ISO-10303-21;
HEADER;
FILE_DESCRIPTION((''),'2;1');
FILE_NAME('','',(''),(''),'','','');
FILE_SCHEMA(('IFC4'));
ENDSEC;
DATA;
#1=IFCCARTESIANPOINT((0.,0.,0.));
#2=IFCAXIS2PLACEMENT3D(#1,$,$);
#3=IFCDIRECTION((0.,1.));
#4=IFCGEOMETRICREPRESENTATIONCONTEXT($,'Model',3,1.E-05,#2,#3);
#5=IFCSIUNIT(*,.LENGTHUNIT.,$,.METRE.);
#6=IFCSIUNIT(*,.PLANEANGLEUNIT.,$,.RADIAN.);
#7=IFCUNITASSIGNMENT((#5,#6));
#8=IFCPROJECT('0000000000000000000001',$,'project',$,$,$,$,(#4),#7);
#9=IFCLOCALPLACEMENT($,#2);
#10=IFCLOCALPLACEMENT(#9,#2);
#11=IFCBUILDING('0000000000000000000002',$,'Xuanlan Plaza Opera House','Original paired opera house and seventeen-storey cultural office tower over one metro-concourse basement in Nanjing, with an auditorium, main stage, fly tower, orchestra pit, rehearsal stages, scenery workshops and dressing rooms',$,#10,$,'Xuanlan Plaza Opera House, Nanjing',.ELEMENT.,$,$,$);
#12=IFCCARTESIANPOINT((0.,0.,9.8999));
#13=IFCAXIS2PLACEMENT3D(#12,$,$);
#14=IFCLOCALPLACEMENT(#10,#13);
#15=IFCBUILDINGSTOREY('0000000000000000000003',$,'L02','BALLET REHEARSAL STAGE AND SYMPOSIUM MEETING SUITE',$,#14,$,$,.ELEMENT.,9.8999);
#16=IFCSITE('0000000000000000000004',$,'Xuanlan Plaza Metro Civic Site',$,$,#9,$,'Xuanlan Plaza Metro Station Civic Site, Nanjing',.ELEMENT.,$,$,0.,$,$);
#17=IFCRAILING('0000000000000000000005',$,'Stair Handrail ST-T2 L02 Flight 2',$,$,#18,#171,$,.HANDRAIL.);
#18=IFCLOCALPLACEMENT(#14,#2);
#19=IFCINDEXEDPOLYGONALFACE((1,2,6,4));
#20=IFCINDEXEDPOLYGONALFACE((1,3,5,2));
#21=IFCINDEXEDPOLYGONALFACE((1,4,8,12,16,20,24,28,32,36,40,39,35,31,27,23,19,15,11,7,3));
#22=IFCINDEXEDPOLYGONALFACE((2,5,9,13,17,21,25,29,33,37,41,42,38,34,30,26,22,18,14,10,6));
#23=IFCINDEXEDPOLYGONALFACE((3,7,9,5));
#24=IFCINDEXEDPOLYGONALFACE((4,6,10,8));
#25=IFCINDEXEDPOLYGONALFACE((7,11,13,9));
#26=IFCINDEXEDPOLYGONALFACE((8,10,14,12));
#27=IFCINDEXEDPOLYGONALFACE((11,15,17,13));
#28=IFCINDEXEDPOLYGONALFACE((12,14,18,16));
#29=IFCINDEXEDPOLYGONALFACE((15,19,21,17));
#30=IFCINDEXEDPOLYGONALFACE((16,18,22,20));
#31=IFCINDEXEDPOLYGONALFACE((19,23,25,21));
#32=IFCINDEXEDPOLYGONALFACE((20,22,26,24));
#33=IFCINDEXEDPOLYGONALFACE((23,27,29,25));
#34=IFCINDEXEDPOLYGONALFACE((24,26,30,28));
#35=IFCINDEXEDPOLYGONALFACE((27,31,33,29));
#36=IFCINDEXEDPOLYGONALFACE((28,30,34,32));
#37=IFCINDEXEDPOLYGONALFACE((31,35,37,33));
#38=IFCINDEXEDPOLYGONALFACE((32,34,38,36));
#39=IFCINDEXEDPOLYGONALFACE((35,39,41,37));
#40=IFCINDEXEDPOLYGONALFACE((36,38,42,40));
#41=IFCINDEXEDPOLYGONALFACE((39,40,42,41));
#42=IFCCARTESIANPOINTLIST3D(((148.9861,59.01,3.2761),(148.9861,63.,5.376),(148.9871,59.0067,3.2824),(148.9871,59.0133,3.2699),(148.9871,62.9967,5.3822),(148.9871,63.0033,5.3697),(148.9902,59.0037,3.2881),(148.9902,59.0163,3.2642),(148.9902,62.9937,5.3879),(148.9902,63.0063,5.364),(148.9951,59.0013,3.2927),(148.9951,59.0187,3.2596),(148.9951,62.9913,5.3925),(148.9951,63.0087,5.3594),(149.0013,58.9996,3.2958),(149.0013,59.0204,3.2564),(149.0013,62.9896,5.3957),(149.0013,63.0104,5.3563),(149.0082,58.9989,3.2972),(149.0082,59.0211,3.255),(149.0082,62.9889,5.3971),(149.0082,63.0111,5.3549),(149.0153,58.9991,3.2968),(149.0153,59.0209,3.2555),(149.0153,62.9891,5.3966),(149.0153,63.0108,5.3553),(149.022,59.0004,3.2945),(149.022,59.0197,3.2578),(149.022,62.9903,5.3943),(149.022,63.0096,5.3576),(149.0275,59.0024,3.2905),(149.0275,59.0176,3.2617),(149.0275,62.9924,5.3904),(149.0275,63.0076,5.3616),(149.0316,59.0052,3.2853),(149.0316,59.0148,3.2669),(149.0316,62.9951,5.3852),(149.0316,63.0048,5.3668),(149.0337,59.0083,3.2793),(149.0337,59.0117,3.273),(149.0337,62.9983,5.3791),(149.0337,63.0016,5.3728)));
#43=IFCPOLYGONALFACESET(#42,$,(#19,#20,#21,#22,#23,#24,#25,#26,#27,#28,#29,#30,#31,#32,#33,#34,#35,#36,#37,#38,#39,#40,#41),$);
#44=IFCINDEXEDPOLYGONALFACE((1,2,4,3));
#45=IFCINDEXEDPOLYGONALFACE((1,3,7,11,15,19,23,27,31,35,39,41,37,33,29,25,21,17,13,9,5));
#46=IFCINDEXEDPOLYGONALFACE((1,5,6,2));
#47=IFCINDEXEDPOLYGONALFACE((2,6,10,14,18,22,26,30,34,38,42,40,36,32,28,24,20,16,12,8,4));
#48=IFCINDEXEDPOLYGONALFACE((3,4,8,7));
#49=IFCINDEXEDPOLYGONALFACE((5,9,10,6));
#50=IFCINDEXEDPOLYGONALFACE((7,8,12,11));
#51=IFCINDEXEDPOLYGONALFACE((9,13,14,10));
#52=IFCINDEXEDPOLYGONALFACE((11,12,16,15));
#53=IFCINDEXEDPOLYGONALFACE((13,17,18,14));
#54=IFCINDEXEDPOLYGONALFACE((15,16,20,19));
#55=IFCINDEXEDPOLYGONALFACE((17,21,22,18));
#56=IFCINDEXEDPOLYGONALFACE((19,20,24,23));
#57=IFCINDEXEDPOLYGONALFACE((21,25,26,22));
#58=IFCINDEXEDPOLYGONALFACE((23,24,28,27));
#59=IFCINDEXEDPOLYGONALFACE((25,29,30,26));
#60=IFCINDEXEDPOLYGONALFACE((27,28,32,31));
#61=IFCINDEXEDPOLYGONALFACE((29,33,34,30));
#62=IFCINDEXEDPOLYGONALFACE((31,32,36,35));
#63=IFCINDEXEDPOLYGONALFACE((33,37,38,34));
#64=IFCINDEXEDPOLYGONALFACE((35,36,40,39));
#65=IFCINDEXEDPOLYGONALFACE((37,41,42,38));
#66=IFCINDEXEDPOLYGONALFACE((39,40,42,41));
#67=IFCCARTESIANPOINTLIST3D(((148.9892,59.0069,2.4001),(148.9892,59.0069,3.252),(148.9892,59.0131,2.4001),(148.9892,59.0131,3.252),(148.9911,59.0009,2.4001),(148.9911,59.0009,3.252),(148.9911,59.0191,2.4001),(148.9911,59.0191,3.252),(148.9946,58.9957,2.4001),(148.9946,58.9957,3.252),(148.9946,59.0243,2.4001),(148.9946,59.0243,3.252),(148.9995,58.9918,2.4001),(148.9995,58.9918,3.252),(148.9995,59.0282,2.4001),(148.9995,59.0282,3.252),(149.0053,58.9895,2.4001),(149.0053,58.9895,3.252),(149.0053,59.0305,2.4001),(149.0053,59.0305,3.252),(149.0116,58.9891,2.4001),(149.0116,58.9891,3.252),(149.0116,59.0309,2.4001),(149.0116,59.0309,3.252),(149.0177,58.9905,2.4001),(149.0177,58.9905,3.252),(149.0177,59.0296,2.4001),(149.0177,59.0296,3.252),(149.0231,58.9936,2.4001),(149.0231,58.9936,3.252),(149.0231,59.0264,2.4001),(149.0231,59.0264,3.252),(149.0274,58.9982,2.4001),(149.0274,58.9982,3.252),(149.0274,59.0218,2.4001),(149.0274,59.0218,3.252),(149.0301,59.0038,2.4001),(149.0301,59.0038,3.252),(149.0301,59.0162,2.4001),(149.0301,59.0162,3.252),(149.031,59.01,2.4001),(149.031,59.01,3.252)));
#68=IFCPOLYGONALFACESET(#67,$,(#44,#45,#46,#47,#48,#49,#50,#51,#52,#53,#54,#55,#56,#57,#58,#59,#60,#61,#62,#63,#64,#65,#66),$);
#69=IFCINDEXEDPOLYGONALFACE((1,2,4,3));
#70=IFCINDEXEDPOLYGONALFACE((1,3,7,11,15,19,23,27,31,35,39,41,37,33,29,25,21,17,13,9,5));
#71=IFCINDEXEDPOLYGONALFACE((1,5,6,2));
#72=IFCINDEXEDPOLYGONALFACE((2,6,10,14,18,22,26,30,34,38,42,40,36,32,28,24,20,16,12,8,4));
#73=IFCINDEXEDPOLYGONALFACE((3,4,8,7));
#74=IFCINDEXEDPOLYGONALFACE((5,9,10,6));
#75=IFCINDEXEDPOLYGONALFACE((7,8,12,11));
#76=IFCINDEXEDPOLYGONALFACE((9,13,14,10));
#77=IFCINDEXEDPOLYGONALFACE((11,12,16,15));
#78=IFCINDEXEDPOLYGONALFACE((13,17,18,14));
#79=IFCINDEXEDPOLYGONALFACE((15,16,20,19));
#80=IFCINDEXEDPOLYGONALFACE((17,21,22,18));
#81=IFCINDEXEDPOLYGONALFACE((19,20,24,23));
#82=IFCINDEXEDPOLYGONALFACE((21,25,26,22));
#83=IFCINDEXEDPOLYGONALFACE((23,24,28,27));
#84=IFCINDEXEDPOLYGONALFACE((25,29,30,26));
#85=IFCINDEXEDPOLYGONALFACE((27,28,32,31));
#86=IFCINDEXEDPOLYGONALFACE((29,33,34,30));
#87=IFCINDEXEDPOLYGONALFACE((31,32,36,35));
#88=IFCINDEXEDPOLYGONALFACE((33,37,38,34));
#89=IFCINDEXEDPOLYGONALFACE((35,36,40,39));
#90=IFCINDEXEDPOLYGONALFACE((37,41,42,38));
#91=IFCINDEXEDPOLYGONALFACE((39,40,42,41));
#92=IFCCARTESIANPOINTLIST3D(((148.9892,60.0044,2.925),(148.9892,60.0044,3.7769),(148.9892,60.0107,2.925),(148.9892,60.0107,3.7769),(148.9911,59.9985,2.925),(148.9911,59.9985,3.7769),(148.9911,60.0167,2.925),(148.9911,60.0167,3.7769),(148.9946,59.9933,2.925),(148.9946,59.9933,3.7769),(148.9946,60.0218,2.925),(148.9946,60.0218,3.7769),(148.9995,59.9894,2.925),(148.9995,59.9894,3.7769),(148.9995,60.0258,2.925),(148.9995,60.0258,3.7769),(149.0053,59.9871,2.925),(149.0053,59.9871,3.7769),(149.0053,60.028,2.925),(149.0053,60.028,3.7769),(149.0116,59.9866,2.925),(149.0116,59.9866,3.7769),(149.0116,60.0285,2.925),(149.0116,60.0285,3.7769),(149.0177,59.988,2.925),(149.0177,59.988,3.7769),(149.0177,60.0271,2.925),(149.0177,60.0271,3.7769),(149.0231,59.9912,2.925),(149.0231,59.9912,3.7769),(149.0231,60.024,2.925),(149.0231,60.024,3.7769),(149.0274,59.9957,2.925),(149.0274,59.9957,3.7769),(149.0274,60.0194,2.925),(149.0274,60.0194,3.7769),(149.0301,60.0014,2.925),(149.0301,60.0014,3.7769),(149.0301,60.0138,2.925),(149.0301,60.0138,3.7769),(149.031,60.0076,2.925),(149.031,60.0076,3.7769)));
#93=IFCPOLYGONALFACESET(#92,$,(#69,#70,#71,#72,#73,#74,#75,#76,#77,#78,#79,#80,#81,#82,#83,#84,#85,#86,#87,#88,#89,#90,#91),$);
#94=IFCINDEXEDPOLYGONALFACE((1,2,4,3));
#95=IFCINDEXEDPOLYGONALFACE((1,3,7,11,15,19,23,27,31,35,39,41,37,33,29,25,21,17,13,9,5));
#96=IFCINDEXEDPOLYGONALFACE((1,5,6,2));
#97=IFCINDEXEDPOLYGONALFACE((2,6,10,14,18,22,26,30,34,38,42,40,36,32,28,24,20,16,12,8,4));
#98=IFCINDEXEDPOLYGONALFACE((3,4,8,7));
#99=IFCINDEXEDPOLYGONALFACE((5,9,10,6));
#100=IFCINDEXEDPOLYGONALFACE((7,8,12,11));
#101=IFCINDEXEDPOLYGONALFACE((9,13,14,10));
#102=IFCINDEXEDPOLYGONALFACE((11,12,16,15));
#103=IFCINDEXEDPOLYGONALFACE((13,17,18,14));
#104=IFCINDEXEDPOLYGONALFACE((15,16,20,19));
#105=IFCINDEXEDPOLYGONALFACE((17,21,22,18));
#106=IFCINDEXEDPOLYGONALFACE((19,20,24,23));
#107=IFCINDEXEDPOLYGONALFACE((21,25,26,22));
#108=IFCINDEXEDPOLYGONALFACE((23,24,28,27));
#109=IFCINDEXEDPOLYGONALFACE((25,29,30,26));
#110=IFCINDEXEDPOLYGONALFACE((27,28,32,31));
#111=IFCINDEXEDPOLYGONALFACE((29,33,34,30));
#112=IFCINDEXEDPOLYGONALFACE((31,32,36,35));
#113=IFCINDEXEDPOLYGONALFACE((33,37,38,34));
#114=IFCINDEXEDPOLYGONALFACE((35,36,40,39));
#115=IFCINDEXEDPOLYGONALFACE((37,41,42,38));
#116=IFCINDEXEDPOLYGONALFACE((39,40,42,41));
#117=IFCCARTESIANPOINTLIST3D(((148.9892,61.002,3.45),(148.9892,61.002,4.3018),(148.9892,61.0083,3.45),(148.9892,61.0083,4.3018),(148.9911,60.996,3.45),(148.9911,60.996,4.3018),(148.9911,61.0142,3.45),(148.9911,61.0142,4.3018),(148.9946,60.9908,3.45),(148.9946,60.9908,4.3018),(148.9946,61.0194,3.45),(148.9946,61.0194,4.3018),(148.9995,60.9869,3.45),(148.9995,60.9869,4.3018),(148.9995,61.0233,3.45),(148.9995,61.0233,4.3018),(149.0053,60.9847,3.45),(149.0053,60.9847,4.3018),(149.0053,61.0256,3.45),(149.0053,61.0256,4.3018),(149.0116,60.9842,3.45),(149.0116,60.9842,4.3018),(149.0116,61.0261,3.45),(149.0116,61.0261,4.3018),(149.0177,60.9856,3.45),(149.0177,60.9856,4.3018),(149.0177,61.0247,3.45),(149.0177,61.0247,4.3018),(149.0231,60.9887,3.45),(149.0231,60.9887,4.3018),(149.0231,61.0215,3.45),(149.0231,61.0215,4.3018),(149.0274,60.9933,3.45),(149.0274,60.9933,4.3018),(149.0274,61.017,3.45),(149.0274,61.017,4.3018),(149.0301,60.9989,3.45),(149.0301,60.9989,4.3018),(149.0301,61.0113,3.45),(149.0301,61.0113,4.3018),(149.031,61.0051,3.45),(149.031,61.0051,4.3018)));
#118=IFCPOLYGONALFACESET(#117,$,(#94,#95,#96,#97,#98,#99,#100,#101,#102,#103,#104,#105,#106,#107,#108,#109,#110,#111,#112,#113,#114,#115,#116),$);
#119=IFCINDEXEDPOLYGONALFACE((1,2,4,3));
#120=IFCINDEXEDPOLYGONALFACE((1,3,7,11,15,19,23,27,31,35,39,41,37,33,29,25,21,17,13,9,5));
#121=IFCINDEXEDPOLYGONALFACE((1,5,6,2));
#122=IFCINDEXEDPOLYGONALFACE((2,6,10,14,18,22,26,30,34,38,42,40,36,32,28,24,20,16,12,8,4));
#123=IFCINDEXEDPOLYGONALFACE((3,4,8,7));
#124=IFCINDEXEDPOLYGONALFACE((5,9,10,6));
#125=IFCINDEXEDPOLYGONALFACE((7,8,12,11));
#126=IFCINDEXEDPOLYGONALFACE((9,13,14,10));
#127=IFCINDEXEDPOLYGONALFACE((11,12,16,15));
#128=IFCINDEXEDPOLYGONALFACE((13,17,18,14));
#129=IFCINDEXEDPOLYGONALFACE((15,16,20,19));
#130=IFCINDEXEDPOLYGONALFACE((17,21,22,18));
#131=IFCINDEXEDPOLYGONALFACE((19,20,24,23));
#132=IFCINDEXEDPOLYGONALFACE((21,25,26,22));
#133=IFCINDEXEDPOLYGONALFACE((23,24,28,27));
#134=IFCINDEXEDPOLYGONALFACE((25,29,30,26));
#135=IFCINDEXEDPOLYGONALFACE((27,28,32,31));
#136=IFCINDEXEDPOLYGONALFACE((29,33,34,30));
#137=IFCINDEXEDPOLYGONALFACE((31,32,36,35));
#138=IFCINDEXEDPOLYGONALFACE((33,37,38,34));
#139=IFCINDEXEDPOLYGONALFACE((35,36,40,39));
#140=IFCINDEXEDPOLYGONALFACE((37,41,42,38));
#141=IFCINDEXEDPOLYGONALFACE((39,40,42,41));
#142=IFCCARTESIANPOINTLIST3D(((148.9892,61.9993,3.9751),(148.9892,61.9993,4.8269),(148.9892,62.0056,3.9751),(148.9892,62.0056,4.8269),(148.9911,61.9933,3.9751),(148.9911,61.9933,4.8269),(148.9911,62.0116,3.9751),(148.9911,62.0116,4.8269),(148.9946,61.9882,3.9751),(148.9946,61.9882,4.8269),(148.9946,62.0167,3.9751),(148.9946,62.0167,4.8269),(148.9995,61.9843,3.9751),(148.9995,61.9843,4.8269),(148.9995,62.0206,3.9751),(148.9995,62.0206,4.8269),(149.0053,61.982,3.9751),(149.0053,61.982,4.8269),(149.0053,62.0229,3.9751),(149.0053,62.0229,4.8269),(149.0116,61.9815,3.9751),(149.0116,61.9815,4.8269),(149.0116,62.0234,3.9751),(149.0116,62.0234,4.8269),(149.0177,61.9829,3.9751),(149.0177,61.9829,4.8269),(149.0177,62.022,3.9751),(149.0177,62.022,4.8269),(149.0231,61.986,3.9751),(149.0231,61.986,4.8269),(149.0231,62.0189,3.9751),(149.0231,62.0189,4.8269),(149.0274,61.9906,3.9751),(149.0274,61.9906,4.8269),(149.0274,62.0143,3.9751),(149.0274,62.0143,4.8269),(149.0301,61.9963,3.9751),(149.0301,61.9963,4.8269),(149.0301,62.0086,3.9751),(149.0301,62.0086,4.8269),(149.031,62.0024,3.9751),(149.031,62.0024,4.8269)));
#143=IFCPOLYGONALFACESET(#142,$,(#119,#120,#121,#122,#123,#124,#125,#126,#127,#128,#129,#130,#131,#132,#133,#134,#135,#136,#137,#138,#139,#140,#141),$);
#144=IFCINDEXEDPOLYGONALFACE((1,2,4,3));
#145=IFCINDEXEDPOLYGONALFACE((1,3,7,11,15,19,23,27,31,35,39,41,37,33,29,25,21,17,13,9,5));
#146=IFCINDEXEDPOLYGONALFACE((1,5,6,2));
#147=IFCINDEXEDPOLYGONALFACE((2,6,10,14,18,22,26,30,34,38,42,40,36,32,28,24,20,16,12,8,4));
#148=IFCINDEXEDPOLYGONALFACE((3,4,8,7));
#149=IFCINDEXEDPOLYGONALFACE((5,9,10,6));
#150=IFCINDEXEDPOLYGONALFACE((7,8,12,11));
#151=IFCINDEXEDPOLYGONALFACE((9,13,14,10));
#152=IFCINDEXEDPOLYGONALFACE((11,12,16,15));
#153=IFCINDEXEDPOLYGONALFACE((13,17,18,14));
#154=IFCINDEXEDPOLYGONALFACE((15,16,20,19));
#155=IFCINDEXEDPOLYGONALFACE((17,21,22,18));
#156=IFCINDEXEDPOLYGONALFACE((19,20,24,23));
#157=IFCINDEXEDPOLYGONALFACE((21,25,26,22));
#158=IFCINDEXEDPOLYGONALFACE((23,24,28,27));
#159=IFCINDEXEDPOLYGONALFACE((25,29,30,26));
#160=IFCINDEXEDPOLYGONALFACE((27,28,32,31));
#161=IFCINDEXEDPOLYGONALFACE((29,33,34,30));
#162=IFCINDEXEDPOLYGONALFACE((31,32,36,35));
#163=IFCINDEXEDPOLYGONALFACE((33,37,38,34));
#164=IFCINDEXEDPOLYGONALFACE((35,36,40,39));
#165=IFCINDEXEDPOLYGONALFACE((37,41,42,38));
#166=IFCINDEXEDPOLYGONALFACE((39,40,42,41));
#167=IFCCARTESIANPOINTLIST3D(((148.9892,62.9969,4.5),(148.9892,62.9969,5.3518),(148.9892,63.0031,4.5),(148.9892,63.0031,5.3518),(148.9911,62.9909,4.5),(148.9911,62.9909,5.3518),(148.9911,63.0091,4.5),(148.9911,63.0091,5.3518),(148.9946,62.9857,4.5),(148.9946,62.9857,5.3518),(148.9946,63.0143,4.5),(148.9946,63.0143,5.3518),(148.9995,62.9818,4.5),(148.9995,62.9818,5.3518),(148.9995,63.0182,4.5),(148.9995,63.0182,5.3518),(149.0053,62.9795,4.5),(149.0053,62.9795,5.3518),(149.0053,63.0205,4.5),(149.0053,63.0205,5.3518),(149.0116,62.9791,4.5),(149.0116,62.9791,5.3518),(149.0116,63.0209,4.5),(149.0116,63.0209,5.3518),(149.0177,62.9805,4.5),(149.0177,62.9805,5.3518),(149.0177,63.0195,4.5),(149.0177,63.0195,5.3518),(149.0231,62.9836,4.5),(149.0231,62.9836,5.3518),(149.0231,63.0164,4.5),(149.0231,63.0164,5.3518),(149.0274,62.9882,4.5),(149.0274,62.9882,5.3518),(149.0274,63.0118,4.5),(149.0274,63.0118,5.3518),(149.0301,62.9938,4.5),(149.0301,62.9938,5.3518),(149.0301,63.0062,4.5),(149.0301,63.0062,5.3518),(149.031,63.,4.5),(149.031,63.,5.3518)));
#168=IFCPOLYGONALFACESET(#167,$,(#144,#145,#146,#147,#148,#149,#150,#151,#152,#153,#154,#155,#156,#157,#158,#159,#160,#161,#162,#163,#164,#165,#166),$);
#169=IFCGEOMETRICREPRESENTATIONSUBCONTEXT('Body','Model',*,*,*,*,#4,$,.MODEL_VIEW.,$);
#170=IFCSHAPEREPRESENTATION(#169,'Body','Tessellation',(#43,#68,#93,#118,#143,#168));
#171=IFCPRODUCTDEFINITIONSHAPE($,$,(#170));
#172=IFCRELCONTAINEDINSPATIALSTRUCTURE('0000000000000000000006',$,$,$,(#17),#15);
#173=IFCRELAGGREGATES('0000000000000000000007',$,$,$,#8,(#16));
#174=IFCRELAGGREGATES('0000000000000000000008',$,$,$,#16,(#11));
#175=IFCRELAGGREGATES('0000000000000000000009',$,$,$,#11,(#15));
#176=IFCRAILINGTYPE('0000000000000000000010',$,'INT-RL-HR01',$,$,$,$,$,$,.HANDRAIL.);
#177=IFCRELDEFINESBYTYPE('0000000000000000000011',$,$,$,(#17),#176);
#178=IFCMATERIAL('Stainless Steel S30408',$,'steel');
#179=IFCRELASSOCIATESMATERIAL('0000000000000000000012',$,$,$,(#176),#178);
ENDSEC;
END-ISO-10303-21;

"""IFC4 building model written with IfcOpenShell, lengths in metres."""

from ifc_helpers import new_model, si_unit, direction, frame, origin, origin_2d, place, context, subcontext, project, spatial, circle, extrude, material, type_object, element, save


model = new_model("IFC4")

# Units and contexts
model_context = context("Model", 3, precision=1e-05, world=origin(), true_north=direction((0.0, 1.0)))
body_context = subcontext(model_context, "Body", "Model", "MODEL_VIEW")
ifc_project = project(units=[si_unit("LENGTHUNIT", "METRE"), si_unit("PLANEANGLEUNIT", "RADIAN")], contexts=[model_context])

# Site, building, storey
site_placement = place(None, origin())
site = spatial("IfcSite", under=ifc_project, at=site_placement, Name="Xuanlan Plaza Metro Civic Site", LongName="Xuanlan Plaza Metro Station Civic Site, Nanjing", CompositionType="ELEMENT", RefElevation=0.0)
building_placement = place(site_placement, origin())
building = spatial("IfcBuilding", under=site, at=building_placement, Name="Xuanlan Plaza Opera House", Description="Original paired opera house and seventeen-storey cultural office tower over one metro-concourse basement in Nanjing, with an auditorium, main stage, fly tower, orchestra pit, rehearsal stages, scenery workshops and dressing rooms", LongName="Xuanlan Plaza Opera House, Nanjing", CompositionType="ELEMENT")
storey_placement = place(building_placement, frame((0.0, 0.0, 9.8999)))
storey = spatial("IfcBuildingStorey", under=building, at=storey_placement, Name="L02", Description="BALLET REHEARSAL STAGE AND SYMPOSIUM MEETING SUITE", CompositionType="ELEMENT", Elevation=9.8999)

# Shared definitions
ifc_material_1 = material(Name="Stainless Steel S30408", Category="steel")

# Railing
railing_type = type_object("IfcRailingType", Name="INT-RL-HR01", PredefinedType="HANDRAIL", material=ifc_material_1)
railing_placement = place(storey_placement, frame((149.01, 59.01, 2.4001)))
element("IfcRailing", 1, at=railing_placement, inside=storey, type_object=railing_type, Name="Stair Handrail ST-T2 L02 Flight 2", PredefinedType="HANDRAIL", context=body_context, shape_type="SweptSolid", body=[
    extrude(circle(Radius=0.0239, at=origin_2d()), frame((0.0, 0.0, 0.876), z_axis=(0.0, 0.884931, 0.465722), x_axis=(-1.0, 0.0, 0.0)), (0.0, 0.0, 1.0), 4.5088),
    extrude(circle(Radius=0.021, at=origin_2d()), origin(), (0.0, 0.0, 1.0), 0.8518),
    extrude(circle(Radius=0.021, at=origin_2d()), frame((0.0, 0.9976, 0.5249)), (0.0, 0.0, 1.0), 0.8518),
    extrude(circle(Radius=0.021, at=origin_2d()), frame((0.0, 1.9951, 1.0498)), (0.0, 0.0, 1.0), 0.8518),
    extrude(circle(Radius=0.021, at=origin_2d()), frame((0.0, 2.9924, 1.575)), (0.0, 0.0, 1.0), 0.8518),
    extrude(circle(Radius=0.021, at=origin_2d()), frame((0.0, 3.99, 2.0999)), (0.0, 0.0, 1.0), 0.8518),
])

save(model, "model.ifc")
